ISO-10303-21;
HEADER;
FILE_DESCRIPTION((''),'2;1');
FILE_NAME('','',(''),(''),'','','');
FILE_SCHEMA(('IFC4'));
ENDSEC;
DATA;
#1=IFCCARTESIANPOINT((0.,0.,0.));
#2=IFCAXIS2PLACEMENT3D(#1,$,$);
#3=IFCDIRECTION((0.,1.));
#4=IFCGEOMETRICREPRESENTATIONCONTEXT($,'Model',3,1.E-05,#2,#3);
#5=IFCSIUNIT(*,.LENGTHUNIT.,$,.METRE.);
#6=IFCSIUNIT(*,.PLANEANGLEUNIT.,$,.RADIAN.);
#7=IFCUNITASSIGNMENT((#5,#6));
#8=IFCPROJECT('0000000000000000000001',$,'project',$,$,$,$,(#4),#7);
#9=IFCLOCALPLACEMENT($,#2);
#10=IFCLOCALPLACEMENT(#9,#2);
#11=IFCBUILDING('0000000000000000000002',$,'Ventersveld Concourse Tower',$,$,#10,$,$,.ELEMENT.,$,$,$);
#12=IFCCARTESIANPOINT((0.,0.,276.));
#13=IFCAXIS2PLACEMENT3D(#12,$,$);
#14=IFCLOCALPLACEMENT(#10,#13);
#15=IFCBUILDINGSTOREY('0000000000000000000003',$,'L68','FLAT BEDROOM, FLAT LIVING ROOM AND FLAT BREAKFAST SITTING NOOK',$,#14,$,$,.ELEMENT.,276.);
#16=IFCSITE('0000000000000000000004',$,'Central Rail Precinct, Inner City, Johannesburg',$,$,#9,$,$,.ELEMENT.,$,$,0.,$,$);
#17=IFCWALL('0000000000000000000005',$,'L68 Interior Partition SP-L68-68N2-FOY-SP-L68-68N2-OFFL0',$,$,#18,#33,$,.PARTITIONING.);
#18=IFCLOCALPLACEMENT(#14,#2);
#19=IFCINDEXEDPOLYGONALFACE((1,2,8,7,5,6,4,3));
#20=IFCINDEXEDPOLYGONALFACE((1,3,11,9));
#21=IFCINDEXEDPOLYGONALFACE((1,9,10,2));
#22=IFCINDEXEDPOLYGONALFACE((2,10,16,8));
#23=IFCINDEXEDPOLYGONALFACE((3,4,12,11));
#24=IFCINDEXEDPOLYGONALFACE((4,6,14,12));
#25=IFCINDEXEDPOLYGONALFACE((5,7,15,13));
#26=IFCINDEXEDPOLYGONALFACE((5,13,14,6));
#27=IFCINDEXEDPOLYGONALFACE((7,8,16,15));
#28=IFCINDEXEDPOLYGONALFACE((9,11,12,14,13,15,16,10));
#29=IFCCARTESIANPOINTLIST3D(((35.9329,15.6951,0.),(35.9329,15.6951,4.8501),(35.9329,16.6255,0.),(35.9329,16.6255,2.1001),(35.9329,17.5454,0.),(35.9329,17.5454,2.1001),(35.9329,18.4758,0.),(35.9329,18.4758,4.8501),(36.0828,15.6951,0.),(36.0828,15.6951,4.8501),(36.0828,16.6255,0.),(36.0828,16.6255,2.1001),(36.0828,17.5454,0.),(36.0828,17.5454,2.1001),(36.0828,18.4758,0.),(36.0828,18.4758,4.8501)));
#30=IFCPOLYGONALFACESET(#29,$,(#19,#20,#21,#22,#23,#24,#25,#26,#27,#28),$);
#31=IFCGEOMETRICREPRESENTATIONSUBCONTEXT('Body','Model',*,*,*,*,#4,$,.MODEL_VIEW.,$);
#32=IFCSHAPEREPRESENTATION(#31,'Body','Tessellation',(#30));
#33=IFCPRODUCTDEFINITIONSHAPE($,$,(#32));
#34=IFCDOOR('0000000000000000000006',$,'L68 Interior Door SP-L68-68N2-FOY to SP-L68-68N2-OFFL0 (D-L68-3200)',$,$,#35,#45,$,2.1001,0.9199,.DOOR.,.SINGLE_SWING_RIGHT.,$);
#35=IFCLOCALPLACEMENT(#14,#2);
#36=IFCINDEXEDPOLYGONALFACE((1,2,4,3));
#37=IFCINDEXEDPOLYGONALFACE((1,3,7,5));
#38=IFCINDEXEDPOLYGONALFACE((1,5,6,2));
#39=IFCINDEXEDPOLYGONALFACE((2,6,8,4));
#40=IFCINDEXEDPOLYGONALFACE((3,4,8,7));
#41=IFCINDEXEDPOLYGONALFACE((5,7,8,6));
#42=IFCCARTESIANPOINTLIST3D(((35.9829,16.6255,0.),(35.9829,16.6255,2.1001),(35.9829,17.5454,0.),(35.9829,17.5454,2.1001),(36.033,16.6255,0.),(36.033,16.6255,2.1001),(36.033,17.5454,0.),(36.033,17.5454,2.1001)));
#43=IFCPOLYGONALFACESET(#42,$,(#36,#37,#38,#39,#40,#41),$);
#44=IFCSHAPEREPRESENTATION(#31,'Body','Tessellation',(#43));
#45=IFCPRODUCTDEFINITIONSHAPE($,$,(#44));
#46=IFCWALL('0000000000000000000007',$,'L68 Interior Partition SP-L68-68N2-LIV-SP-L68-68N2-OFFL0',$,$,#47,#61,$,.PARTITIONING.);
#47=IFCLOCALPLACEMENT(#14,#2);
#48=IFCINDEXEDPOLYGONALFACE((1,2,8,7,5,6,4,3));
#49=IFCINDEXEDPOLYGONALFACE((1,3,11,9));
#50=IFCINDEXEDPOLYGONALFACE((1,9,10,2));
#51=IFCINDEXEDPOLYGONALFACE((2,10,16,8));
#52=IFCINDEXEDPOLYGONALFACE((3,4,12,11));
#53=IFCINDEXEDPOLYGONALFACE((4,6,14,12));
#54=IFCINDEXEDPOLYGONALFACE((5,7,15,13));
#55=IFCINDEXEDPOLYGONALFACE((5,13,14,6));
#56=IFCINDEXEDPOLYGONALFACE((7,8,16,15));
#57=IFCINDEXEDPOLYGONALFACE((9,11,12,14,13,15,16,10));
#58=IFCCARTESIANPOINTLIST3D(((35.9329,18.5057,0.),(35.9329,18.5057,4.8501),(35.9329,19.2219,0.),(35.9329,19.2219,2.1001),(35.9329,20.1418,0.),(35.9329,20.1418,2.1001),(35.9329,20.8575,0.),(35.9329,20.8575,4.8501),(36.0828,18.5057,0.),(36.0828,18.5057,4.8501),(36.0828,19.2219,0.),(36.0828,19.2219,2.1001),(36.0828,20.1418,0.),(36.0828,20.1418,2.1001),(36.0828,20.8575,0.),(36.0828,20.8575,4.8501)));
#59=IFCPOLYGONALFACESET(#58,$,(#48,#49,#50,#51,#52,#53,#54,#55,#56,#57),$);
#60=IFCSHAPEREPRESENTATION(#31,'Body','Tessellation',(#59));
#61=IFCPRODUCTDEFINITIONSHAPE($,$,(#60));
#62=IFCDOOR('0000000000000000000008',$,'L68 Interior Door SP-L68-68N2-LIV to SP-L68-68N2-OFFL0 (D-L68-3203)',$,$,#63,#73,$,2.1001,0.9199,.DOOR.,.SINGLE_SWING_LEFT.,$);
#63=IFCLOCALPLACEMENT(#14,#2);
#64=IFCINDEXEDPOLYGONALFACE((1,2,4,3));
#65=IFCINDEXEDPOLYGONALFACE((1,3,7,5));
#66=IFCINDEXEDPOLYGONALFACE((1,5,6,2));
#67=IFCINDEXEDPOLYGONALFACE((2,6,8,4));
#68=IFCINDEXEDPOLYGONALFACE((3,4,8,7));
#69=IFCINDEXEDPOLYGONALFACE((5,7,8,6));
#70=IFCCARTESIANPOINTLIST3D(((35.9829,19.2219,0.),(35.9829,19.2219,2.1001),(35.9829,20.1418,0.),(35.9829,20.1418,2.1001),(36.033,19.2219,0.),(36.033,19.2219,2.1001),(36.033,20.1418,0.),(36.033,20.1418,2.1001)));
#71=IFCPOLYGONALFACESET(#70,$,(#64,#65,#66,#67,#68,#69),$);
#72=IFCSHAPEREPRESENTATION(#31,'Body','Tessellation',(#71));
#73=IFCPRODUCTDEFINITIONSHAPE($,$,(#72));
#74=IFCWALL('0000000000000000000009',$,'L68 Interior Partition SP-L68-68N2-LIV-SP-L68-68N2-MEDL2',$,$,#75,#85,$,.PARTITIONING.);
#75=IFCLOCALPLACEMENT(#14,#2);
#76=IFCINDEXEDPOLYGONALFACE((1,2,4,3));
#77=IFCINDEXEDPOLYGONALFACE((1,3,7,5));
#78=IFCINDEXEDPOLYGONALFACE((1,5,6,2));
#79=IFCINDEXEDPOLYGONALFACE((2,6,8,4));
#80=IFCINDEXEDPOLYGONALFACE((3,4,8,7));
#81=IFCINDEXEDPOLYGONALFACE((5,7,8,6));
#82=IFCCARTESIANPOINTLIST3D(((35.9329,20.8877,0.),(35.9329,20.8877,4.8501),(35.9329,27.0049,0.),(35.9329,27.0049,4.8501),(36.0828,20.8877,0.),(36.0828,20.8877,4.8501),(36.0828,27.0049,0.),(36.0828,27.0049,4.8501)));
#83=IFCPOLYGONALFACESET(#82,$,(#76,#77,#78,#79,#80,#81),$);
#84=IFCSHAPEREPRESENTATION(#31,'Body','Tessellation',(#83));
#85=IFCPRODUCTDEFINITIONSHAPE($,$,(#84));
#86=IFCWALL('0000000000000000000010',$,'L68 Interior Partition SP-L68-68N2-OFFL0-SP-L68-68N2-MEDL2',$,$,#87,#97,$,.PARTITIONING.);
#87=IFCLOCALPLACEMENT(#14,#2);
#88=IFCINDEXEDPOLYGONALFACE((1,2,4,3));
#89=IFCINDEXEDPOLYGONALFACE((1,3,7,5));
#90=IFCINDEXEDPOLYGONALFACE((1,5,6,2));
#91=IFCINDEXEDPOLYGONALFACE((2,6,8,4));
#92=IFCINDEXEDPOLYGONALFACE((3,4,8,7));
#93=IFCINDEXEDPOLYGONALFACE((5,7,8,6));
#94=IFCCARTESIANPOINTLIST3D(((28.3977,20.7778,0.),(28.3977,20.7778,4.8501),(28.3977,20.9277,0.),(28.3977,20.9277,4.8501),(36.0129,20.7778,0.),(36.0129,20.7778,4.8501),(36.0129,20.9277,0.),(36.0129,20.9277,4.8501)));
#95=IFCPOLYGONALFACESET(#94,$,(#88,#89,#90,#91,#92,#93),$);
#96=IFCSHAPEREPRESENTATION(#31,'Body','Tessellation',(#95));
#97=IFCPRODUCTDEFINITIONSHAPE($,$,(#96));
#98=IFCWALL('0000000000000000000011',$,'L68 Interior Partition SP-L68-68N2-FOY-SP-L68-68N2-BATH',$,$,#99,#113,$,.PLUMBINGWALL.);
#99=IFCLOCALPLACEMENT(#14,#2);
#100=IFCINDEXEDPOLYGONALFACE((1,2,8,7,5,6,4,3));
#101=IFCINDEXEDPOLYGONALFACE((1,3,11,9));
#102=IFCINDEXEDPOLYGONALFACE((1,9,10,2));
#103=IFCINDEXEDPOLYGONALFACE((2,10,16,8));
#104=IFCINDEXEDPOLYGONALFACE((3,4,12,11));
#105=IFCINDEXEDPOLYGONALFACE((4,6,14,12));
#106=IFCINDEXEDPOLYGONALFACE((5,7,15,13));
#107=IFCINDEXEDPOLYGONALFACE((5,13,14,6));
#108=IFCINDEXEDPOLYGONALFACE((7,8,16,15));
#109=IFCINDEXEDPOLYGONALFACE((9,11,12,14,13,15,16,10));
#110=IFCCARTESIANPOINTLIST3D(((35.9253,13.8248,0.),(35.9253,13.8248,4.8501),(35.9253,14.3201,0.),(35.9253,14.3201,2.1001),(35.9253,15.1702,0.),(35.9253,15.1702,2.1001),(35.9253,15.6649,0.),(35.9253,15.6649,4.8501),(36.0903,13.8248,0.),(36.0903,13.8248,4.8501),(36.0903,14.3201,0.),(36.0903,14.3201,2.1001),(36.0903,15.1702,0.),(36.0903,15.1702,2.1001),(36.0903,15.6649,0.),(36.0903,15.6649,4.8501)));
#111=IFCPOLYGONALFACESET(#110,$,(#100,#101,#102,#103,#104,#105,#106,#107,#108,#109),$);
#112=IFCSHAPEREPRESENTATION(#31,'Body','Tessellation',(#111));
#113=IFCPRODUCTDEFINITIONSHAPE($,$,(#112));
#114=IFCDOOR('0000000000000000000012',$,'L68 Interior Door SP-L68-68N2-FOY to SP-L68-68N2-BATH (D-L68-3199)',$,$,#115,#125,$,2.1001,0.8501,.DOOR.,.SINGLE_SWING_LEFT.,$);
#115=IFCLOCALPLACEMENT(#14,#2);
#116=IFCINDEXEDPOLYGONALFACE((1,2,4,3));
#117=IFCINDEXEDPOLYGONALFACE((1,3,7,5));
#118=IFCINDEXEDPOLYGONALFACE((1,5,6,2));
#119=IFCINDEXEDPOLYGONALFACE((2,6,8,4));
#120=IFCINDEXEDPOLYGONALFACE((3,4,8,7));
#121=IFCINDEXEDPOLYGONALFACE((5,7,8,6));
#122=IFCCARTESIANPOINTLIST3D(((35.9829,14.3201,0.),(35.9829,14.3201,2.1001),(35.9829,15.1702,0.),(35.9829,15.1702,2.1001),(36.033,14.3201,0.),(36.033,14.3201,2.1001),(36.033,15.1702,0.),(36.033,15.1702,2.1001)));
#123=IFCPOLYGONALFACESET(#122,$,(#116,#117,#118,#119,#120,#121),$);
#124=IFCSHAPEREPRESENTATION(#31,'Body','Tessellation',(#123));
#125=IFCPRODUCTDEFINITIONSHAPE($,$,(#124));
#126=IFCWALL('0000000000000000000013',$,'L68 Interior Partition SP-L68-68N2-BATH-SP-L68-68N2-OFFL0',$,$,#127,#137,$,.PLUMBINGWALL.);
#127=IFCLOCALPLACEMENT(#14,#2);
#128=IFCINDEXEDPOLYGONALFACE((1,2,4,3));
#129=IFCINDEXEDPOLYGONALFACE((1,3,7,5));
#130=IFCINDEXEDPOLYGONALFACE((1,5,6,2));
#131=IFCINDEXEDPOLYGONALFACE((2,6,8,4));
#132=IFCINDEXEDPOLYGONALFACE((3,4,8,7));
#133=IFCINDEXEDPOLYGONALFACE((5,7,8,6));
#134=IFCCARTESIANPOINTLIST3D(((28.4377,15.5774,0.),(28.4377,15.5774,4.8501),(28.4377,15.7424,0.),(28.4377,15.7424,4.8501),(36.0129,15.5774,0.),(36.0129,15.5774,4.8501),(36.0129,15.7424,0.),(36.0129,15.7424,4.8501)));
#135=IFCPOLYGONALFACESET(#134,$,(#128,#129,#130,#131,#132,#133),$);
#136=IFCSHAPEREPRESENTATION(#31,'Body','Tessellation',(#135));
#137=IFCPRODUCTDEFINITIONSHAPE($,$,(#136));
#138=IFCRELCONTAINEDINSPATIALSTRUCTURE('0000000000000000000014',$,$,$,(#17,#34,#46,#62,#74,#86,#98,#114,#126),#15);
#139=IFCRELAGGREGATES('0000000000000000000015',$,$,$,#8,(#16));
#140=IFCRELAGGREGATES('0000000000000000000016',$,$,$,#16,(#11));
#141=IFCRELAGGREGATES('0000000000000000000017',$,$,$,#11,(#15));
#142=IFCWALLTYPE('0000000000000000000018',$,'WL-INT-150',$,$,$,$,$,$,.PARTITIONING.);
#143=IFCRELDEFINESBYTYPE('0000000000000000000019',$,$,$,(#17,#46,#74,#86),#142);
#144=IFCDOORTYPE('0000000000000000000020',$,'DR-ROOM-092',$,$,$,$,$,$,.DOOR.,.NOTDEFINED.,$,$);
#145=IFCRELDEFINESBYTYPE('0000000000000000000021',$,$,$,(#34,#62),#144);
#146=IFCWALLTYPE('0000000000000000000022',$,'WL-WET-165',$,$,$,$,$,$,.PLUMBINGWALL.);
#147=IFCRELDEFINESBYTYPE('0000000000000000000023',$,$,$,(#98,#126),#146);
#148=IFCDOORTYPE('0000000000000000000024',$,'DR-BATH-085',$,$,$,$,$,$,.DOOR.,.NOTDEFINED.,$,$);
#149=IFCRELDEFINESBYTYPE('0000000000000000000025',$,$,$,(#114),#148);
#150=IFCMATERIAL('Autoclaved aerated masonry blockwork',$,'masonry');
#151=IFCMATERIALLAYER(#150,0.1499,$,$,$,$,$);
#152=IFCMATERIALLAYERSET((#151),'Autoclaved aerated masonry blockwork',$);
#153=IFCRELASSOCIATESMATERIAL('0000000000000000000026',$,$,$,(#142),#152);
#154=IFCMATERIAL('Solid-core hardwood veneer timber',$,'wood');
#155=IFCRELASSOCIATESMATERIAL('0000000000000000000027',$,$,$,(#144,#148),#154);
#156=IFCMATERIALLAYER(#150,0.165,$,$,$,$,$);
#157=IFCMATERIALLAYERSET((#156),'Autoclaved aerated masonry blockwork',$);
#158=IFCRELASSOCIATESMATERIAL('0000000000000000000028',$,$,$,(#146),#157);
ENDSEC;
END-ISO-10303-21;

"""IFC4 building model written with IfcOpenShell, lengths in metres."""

from ifc_helpers import new_model, si_unit, direction, frame, frame_2d, origin, place, context, subcontext, project, spatial, rectangle, extrude, material, layer, layer_set, type_object, element, fill, save


model = new_model("IFC4")

# Units and contexts
model_context = context("Model", 3, precision=1e-05, world=origin(), true_north=direction((0.0, 1.0)))
body_context = subcontext(model_context, "Body", "Model", "MODEL_VIEW")
ifc_project = project(units=[si_unit("LENGTHUNIT", "METRE"), si_unit("PLANEANGLEUNIT", "RADIAN")], contexts=[model_context])

# Site, building, storey
site_placement = place(None, origin())
site = spatial("IfcSite", under=ifc_project, at=site_placement, Name="Central Rail Precinct, Inner City, Johannesburg", CompositionType="ELEMENT", RefElevation=0.0)
building_placement = place(site_placement, origin())
building = spatial("IfcBuilding", under=site, at=building_placement, Name="Ventersveld Concourse Tower", CompositionType="ELEMENT")
storey_placement = place(building_placement, frame((0.0, 0.0, 276.0)))
storey = spatial("IfcBuildingStorey", under=building, at=storey_placement, Name="L68", Description="FLAT BEDROOM, FLAT LIVING ROOM AND FLAT BREAKFAST SITTING NOOK", CompositionType="ELEMENT", Elevation=276.0)

# Shared definitions
ifc_material_1 = material(Name="Solid-core hardwood veneer timber", Category="wood")

# Walls, openings, doors
ifc_material_2 = material(Name="Autoclaved aerated masonry blockwork", Category="masonry")
ifc_layer_1 = layer(ifc_material_2, 0.1499)
ifc_layer_set_1 = layer_set([ifc_layer_1], Name="Autoclaved aerated masonry blockwork")
wall_type_1 = type_object("IfcWallType", Name="WL-INT-150", PredefinedType="PARTITIONING", material=ifc_layer_set_1)
door_type_1 = type_object("IfcDoorType", Name="DR-ROOM-092", OperationType="NOTDEFINED", PredefinedType="DOOR", material=ifc_material_1)
wall_1_placement = place(storey_placement, frame((36.0078, 15.6951, 0.0), z_axis=(0.0, 0.0, 1.0), x_axis=(0.0, 1.0, 0.0)))
wall_1 = element("IfcWall", 1, at=wall_1_placement, inside=storey, type_object=wall_type_1, Name="L68 Interior Partition SP-L68-68N2-FOY-SP-L68-68N2-OFFL0", PredefinedType="PARTITIONING", context=body_context, shape_type="SweptSolid", body=[
    extrude(rectangle(XDim=2.7808, YDim=0.1499, at=frame_2d((1.3904, 0.0))), origin(), (0.0, 0.0, 1.0), 4.8501),
])
opening_1_placement = place(wall_1_placement, frame((0.9304, 0.0, 0.0)))
opening_1 = element("IfcOpeningElement", 2, at=opening_1_placement, cuts=wall_1, PredefinedType="OPENING", context=body_context, shape_type="SweptSolid", body=[
    extrude(rectangle(XDim=0.9199, YDim=2.1001, at=frame_2d((0.46, 1.05))), frame((0.0, 0.085, 0.0), z_axis=(0.0, -1.0, 0.0), x_axis=(1.0, 0.0, 0.0)), (0.0, 0.0, 1.0), 0.1699),
])
door_1_placement = place(opening_1_placement, origin())
door_1 = element("IfcDoor", 3, at=door_1_placement, inside=storey, type_object=door_type_1, Name="L68 Interior Door SP-L68-68N2-FOY to SP-L68-68N2-OFFL0 (D-L68-3200)", OperationType="SINGLE_SWING_RIGHT", OverallHeight=2.1001, OverallWidth=0.9199, PredefinedType="DOOR", context=body_context, shape_type="SweptSolid", body=[
    extrude(rectangle(XDim=0.9199, YDim=2.1001, at=frame_2d((0.46, 1.05))), frame((0.0, 0.0249, 0.0), z_axis=(0.0, -1.0, 0.0), x_axis=(1.0, 0.0, 0.0)), (0.0, 0.0, 1.0), 0.05),
])
fill(opening_1, door_1)
wall_2_placement = place(storey_placement, frame((36.0078, 18.5059, 0.0), z_axis=(0.0, 0.0, 1.0), x_axis=(0.0, 1.0, 0.0)))
wall_2 = element("IfcWall", 4, at=wall_2_placement, inside=storey, type_object=wall_type_1, Name="L68 Interior Partition SP-L68-68N2-LIV-SP-L68-68N2-OFFL0", PredefinedType="PARTITIONING", context=body_context, shape_type="SweptSolid", body=[
    extrude(rectangle(XDim=2.3518, YDim=0.1499, at=frame_2d((1.1758, 0.0))), origin(), (0.0, 0.0, 1.0), 4.8501),
])
opening_2_placement = place(wall_2_placement, frame((0.7161, 0.0, 0.0)))
opening_2 = element("IfcOpeningElement", 5, at=opening_2_placement, cuts=wall_2, PredefinedType="OPENING", context=body_context, shape_type="SweptSolid", body=[
    extrude(rectangle(XDim=0.9199, YDim=2.1001, at=frame_2d((0.46, 1.05))), frame((0.0, 0.085, 0.0), z_axis=(0.0, -1.0, 0.0), x_axis=(1.0, 0.0, 0.0)), (0.0, 0.0, 1.0), 0.1699),
])
door_2_placement = place(opening_2_placement, origin())
door_2 = element("IfcDoor", 6, at=door_2_placement, inside=storey, type_object=door_type_1, Name="L68 Interior Door SP-L68-68N2-LIV to SP-L68-68N2-OFFL0 (D-L68-3203)", OperationType="SINGLE_SWING_LEFT", OverallHeight=2.1001, OverallWidth=0.9199, PredefinedType="DOOR", context=body_context, shape_type="SweptSolid", body=[
    extrude(rectangle(XDim=0.9199, YDim=2.1001, at=frame_2d((0.46, 1.05))), frame((0.0, 0.0249, 0.0), z_axis=(0.0, -1.0, 0.0), x_axis=(1.0, 0.0, 0.0)), (0.0, 0.0, 1.0), 0.05),
])
fill(opening_2, door_2)

# Walls
wall_3_placement = place(storey_placement, frame((36.0078, 20.8877, 0.0), z_axis=(0.0, 0.0, 1.0), x_axis=(0.0, 1.0, 0.0)))
element("IfcWall", 7, at=wall_3_placement, inside=storey, type_object=wall_type_1, Name="L68 Interior Partition SP-L68-68N2-LIV-SP-L68-68N2-MEDL2", PredefinedType="PARTITIONING", context=body_context, shape_type="SweptSolid", body=[
    extrude(rectangle(XDim=6.1172, YDim=0.1499, at=frame_2d((3.0586, 0.0))), origin(), (0.0, 0.0, 1.0), 4.8501),
])
wall_4_placement = place(storey_placement, frame((28.3977, 20.8528, 0.0), z_axis=(0.0, 0.0, 1.0), x_axis=(1.0, 0.0, 0.0)))
element("IfcWall", 8, at=wall_4_placement, inside=storey, type_object=wall_type_1, Name="L68 Interior Partition SP-L68-68N2-OFFL0-SP-L68-68N2-MEDL2", PredefinedType="PARTITIONING", context=body_context, shape_type="SweptSolid", body=[
    extrude(rectangle(XDim=7.6152, YDim=0.1499, at=frame_2d((3.8076, 0.0))), origin(), (0.0, 0.0, 1.0), 4.8501),
])

# Wall, opening, door
ifc_layer_2 = layer(ifc_material_2, 0.165)
ifc_layer_set_2 = layer_set([ifc_layer_2], Name="Autoclaved aerated masonry blockwork")
wall_type_2 = type_object("IfcWallType", Name="WL-WET-165", PredefinedType="PLUMBINGWALL", material=ifc_layer_set_2)
wall_5_placement = place(storey_placement, frame((36.0078, 13.825, 0.0), z_axis=(0.0, 0.0, 1.0), x_axis=(0.0, 1.0, 0.0)))
wall_5 = element("IfcWall", 9, at=wall_5_placement, inside=storey, type_object=wall_type_2, Name="L68 Interior Partition SP-L68-68N2-FOY-SP-L68-68N2-BATH", PredefinedType="PLUMBINGWALL", context=body_context, shape_type="SweptSolid", body=[
    extrude(rectangle(XDim=1.8401, YDim=0.165, at=frame_2d((0.9199, 0.0))), origin(), (0.0, 0.0, 1.0), 4.8501),
])
opening_3_placement = place(wall_5_placement, frame((0.4951, 0.0, 0.0)))
opening_3 = element("IfcOpeningElement", 10, at=opening_3_placement, cuts=wall_5, PredefinedType="OPENING", context=body_context, shape_type="SweptSolid", body=[
    extrude(rectangle(XDim=0.8501, YDim=2.1001, at=frame_2d((0.425, 1.05))), frame((0.0, 0.0925, 0.0), z_axis=(0.0, -1.0, 0.0), x_axis=(1.0, 0.0, 0.0)), (0.0, 0.0, 1.0), 0.1851),
])
door_type_2 = type_object("IfcDoorType", Name="DR-BATH-085", OperationType="NOTDEFINED", PredefinedType="DOOR", material=ifc_material_1)
door_3_placement = place(opening_3_placement, origin())
door_3 = element("IfcDoor", 11, at=door_3_placement, inside=storey, type_object=door_type_2, Name="L68 Interior Door SP-L68-68N2-FOY to SP-L68-68N2-BATH (D-L68-3199)", OperationType="SINGLE_SWING_LEFT", OverallHeight=2.1001, OverallWidth=0.8501, PredefinedType="DOOR", context=body_context, shape_type="SweptSolid", body=[
    extrude(rectangle(XDim=0.8501, YDim=2.1001, at=frame_2d((0.425, 1.05))), frame((0.0, 0.0249, 0.0), z_axis=(0.0, -1.0, 0.0), x_axis=(1.0, 0.0, 0.0)), (0.0, 0.0, 1.0), 0.05),
])
fill(opening_3, door_3)

# Wall
wall_6_placement = place(storey_placement, frame((28.4377, 15.6599, 0.0), z_axis=(0.0, 0.0, 1.0), x_axis=(1.0, 0.0, 0.0)))
element("IfcWall", 12, at=wall_6_placement, inside=storey, type_object=wall_type_2, Name="L68 Interior Partition SP-L68-68N2-BATH-SP-L68-68N2-OFFL0", PredefinedType="PLUMBINGWALL", context=body_context, shape_type="SweptSolid", body=[
    extrude(rectangle(XDim=7.5752, YDim=0.165, at=frame_2d((3.7876, 0.0))), origin(), (0.0, 0.0, 1.0), 4.8501),
])

save(model, "model.ifc")
